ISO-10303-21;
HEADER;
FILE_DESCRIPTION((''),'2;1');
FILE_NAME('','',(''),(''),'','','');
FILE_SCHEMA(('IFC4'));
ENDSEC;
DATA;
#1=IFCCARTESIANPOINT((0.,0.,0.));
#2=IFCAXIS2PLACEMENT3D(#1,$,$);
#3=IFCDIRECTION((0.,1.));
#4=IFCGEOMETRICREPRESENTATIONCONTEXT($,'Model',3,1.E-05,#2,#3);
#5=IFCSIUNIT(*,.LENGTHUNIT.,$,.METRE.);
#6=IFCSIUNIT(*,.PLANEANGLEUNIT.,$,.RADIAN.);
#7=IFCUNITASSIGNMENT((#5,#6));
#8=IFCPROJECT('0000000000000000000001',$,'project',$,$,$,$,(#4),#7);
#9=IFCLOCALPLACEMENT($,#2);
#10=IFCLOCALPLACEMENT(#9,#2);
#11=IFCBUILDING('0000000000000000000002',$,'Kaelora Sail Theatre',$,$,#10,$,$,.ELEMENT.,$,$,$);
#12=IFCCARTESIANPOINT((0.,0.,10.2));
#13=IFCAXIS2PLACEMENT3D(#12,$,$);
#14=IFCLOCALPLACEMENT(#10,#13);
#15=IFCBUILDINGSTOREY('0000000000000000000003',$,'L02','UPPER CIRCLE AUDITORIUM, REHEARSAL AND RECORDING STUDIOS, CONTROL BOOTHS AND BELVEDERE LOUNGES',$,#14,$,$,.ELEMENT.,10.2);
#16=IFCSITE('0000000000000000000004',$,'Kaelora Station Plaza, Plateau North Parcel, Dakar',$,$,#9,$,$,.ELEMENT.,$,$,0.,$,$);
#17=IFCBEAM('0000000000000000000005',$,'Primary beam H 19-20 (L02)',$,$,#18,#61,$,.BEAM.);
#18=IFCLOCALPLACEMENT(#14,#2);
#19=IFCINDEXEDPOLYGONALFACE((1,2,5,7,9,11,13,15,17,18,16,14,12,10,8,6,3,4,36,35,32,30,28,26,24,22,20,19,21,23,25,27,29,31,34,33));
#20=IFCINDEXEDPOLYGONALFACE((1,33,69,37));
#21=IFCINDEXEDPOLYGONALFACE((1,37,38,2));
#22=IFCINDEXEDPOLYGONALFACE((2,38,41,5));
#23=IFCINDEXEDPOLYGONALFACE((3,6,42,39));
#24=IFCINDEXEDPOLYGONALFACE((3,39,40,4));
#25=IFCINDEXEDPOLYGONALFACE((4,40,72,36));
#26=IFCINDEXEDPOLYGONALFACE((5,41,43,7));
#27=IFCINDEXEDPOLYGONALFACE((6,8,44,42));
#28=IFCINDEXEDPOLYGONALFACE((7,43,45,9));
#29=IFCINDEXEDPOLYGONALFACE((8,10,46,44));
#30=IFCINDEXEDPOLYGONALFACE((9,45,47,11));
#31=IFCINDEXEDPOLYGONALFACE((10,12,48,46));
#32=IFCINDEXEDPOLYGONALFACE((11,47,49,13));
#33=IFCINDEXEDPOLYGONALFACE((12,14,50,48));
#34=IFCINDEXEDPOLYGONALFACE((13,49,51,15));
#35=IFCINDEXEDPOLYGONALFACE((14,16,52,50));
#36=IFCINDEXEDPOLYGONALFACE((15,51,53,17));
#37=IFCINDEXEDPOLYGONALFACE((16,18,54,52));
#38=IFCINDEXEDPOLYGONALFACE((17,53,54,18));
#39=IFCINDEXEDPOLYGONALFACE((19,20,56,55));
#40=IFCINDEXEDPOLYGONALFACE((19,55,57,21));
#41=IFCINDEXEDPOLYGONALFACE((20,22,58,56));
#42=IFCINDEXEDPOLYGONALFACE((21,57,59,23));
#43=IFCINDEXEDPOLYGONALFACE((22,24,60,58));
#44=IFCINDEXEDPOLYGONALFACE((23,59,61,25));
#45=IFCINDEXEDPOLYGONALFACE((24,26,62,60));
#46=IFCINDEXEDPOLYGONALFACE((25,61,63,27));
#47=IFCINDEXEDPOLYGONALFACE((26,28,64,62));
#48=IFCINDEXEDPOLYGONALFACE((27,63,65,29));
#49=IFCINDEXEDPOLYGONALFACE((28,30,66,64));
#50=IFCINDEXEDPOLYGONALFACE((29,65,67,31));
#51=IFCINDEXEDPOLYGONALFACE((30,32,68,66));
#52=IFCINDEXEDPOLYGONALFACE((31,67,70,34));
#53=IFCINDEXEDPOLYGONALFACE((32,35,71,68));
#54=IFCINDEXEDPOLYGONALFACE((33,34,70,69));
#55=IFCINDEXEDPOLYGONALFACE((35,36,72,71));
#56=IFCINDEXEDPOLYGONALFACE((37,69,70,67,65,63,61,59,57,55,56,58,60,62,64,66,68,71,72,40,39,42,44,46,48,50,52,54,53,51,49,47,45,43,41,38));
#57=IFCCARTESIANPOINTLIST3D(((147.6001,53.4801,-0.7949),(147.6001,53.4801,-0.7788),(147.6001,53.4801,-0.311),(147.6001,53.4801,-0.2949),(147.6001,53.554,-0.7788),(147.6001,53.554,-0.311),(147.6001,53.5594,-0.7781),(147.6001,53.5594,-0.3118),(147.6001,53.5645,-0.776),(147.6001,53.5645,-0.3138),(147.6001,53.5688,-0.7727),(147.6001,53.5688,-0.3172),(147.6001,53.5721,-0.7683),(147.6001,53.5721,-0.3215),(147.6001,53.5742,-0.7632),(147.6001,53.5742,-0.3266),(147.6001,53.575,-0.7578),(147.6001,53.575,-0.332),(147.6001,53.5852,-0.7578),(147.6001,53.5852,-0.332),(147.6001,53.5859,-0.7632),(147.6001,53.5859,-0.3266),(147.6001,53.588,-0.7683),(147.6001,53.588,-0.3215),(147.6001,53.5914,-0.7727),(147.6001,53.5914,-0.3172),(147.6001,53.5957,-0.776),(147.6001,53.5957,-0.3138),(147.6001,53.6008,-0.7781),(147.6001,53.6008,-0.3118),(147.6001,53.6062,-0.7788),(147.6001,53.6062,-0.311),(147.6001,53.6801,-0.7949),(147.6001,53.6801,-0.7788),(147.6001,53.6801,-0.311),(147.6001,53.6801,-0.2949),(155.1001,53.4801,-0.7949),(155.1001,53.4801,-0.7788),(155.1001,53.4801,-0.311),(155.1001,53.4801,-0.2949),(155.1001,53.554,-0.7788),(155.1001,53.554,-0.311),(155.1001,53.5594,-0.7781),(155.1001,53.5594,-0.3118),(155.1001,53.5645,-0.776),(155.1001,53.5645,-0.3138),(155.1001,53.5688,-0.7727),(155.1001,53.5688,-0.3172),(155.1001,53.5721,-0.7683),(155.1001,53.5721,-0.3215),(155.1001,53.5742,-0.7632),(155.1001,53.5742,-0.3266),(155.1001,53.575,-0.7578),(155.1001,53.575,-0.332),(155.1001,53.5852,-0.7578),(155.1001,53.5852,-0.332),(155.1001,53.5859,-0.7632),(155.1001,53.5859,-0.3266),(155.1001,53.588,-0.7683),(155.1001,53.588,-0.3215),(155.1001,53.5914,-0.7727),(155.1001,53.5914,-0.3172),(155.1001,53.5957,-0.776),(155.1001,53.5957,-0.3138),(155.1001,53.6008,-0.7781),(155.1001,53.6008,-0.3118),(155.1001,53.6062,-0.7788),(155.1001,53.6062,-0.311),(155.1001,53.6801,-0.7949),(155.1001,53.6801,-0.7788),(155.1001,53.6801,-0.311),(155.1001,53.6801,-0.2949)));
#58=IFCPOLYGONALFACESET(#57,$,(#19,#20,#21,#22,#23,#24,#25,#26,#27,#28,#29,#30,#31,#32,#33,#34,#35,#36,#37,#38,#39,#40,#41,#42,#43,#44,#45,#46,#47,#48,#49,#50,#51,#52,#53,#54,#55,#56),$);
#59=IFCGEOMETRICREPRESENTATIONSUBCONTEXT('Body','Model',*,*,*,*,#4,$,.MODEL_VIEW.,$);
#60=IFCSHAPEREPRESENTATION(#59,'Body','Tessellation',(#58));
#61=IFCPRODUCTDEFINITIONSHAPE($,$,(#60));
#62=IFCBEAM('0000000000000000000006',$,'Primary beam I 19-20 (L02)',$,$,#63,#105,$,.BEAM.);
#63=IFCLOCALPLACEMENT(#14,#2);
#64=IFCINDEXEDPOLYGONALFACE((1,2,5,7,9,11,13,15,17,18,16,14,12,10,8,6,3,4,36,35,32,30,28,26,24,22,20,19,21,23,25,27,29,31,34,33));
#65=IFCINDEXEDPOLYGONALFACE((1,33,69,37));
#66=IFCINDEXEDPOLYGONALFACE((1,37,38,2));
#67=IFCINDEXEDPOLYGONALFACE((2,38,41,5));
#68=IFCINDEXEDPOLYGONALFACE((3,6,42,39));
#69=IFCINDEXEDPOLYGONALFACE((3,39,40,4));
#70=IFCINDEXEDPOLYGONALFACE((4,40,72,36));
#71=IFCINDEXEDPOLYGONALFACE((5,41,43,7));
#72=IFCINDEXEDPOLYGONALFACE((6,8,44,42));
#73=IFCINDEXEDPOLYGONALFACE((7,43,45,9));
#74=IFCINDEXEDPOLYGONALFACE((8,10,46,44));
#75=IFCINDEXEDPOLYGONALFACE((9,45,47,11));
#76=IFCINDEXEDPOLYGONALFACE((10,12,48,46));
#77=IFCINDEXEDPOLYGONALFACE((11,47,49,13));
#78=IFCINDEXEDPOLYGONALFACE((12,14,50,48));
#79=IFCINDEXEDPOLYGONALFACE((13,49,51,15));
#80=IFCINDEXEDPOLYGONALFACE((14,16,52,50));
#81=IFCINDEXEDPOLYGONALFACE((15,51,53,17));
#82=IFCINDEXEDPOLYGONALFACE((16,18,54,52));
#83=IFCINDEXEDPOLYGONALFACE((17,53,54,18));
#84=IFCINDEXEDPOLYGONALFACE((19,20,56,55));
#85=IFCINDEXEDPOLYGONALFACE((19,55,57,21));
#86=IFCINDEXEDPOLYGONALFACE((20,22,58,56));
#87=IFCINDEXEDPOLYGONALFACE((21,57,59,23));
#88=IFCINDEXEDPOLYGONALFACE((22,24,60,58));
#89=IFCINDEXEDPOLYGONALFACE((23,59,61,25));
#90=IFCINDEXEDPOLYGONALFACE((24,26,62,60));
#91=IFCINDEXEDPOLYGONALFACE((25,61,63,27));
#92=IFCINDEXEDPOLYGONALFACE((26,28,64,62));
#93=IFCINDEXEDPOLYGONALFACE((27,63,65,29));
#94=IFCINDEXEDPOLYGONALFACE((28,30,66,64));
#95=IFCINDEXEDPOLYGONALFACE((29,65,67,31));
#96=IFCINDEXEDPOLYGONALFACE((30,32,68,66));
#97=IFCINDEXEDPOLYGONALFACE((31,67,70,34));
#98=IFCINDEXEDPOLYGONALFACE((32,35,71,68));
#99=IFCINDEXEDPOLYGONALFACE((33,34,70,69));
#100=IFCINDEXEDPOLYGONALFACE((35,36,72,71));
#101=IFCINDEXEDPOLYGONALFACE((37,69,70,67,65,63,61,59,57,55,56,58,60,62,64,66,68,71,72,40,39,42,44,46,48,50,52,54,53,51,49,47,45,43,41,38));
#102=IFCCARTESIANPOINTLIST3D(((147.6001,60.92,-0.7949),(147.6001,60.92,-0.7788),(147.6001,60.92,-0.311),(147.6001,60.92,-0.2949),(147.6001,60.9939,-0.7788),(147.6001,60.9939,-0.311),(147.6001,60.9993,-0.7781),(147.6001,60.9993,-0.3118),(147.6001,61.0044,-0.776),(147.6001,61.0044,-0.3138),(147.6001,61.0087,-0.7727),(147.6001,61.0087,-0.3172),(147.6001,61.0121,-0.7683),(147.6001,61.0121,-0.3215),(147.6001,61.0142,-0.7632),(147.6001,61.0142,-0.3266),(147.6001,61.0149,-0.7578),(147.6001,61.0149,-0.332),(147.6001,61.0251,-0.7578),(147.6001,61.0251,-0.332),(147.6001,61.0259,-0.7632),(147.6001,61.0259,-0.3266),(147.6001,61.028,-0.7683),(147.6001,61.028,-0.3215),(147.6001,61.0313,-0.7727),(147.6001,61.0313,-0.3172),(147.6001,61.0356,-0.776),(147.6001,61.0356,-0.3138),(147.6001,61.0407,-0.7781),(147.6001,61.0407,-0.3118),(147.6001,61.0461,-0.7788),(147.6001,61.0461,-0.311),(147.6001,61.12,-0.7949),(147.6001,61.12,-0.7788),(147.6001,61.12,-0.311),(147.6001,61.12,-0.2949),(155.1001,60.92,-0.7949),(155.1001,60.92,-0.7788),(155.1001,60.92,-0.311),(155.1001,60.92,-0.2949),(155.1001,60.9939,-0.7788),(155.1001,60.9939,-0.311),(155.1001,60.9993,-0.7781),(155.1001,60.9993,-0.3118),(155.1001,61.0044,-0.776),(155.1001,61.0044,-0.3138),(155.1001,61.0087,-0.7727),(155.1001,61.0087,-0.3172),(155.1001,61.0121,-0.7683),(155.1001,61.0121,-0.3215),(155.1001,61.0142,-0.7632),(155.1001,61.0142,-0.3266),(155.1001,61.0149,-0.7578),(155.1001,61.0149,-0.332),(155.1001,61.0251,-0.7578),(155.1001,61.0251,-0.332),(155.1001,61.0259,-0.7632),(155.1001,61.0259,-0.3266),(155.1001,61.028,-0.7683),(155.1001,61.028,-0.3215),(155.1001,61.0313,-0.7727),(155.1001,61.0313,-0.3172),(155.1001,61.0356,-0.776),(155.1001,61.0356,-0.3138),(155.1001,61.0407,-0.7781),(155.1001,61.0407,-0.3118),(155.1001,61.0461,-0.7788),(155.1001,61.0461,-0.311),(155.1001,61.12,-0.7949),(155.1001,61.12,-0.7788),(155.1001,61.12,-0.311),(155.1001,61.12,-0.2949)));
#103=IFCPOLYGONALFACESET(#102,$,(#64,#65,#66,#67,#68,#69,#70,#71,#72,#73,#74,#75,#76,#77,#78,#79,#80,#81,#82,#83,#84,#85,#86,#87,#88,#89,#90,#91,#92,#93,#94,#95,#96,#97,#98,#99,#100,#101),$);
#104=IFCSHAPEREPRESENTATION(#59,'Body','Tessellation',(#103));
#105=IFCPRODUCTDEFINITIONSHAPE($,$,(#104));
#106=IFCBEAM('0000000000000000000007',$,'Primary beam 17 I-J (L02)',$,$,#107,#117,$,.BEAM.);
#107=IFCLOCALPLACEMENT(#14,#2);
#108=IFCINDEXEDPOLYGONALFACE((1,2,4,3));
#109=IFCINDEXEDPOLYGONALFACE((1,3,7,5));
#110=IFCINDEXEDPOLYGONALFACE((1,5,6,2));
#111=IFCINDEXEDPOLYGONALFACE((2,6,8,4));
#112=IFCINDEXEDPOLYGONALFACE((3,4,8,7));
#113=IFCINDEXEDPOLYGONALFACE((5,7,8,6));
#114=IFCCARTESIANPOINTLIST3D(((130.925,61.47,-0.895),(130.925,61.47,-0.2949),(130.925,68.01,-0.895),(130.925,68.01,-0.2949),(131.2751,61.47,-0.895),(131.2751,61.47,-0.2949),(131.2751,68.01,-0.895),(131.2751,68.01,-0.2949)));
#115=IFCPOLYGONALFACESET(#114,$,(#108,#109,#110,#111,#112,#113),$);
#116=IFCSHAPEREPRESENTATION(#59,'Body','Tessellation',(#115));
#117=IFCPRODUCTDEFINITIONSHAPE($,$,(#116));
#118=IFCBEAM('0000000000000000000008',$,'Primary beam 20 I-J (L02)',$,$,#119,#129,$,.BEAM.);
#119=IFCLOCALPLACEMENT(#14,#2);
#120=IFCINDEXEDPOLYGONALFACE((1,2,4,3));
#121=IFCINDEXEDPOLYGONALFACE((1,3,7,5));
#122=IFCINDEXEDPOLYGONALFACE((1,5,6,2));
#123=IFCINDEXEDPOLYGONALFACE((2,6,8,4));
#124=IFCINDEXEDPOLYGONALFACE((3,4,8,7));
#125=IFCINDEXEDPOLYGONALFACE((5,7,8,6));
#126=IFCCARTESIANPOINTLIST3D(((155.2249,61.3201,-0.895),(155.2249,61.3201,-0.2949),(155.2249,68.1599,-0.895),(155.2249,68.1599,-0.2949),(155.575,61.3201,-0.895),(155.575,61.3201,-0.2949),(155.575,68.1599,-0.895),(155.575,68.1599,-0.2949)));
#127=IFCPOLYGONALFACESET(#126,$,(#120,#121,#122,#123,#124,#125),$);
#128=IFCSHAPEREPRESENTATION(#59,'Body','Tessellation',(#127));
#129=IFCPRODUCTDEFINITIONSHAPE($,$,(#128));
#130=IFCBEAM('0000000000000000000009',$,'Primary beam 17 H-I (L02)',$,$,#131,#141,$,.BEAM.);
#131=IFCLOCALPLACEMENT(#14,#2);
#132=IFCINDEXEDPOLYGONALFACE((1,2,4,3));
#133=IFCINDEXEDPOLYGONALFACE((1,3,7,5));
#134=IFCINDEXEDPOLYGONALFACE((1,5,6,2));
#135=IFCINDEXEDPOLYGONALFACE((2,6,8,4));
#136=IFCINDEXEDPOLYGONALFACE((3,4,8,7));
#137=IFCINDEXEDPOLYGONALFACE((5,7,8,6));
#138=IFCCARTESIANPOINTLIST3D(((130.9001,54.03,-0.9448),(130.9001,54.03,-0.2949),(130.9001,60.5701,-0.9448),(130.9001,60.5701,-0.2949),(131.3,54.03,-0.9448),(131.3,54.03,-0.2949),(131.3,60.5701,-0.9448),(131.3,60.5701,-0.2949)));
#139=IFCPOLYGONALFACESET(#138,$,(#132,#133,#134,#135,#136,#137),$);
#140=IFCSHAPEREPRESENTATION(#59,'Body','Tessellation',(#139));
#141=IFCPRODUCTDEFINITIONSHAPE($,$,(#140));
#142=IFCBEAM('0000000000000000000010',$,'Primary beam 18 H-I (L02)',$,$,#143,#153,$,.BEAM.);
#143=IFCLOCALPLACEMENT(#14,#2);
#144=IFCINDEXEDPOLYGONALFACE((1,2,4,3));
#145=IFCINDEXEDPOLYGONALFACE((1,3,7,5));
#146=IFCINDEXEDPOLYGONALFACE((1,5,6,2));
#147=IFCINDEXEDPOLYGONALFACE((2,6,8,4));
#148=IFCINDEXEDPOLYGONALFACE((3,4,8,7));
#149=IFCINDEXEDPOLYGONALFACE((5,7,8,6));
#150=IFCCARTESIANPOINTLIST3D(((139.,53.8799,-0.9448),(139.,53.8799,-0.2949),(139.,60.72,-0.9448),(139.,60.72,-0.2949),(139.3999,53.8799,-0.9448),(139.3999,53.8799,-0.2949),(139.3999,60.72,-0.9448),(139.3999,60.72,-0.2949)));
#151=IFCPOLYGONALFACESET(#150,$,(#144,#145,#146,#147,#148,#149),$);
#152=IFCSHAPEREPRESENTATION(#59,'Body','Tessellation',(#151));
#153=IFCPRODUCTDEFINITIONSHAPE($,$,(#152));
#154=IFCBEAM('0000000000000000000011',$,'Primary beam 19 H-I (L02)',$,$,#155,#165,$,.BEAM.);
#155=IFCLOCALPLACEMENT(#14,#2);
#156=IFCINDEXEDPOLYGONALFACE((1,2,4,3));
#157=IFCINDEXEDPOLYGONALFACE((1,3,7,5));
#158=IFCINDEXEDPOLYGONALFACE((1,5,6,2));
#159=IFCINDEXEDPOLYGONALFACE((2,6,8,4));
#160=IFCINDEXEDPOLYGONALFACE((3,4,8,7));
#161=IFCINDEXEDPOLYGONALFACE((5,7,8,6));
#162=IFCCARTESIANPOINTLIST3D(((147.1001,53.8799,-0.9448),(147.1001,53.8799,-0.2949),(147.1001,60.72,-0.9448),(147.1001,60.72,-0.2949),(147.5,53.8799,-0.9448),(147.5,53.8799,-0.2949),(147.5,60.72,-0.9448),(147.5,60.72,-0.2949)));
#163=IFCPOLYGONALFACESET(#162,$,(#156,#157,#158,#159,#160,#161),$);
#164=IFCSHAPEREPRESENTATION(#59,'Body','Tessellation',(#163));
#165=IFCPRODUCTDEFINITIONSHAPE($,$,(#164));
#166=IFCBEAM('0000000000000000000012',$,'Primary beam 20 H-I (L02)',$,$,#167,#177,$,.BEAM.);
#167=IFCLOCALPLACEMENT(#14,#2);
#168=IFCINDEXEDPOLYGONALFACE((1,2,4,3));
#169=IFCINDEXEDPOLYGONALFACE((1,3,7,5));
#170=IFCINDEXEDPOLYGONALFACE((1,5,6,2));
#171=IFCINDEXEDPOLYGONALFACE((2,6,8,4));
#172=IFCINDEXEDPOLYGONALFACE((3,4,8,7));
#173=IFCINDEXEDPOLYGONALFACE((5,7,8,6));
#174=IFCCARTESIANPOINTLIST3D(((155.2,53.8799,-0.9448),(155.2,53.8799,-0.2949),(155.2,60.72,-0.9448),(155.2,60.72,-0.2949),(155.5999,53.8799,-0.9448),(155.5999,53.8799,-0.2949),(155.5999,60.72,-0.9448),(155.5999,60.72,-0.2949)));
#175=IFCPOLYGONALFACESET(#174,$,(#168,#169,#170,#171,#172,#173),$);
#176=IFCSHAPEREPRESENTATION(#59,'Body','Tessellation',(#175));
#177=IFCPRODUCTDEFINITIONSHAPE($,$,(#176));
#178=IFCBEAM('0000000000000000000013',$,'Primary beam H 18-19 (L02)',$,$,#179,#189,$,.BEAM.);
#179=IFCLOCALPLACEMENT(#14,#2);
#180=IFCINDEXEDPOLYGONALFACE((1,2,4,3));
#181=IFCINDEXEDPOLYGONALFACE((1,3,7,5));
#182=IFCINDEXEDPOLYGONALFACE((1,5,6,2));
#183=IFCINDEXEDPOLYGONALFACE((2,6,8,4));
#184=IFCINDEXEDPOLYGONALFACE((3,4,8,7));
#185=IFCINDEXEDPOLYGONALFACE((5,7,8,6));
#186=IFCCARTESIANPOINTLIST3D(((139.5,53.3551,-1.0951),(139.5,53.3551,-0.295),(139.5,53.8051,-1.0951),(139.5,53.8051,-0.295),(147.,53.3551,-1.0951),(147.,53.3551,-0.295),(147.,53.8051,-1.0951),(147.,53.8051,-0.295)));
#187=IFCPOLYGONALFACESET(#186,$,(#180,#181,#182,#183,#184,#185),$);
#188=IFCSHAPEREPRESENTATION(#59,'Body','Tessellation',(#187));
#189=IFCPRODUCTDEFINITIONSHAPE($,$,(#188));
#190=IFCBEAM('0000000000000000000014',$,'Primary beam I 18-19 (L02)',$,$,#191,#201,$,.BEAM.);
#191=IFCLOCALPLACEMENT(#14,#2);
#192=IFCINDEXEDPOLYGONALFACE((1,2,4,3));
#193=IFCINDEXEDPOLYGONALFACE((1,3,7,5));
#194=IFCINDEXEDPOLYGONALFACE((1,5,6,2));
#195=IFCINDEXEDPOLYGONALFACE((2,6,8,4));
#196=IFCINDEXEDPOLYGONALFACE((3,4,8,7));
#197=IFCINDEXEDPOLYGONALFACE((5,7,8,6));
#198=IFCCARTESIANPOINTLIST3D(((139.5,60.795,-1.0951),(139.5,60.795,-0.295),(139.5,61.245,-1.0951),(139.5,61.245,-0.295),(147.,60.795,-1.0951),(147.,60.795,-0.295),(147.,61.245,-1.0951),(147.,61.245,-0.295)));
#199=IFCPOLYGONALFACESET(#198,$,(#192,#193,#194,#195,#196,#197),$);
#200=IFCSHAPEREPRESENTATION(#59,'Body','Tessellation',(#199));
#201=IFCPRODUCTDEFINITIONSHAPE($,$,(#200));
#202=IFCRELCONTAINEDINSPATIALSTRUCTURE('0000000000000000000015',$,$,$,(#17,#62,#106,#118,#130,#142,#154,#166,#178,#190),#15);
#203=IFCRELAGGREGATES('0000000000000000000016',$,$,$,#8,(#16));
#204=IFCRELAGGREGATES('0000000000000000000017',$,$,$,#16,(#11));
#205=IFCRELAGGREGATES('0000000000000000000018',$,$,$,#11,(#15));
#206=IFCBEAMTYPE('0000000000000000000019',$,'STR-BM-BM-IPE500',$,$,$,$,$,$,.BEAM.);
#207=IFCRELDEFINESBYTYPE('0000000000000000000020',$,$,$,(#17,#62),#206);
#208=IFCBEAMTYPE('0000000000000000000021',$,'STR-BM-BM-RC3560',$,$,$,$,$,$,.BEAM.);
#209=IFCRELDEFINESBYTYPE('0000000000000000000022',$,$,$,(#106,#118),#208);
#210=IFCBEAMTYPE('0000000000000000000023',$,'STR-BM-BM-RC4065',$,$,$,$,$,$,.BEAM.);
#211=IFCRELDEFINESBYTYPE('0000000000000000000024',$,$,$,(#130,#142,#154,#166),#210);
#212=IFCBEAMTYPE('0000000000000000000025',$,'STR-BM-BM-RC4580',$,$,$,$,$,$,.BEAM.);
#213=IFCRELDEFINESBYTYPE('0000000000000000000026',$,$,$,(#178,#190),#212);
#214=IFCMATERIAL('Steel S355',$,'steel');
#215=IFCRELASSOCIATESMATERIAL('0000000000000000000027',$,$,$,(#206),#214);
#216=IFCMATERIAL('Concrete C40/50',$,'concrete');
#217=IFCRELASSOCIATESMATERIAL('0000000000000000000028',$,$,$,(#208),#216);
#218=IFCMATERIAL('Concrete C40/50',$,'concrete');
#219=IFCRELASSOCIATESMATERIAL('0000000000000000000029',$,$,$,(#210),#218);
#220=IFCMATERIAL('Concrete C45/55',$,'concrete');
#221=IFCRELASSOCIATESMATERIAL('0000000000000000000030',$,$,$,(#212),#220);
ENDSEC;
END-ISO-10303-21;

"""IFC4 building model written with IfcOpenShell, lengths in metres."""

from ifc_helpers import new_model, si_unit, direction, frame, origin, origin_2d, place, context, subcontext, project, spatial, rectangle, i_section, extrude, material, material_profile, profile_set, type_object, element, save


model = new_model("IFC4")

# Units and contexts
model_context = context("Model", 3, precision=1e-05, world=origin(), true_north=direction((0.0, 1.0)))
body_context = subcontext(model_context, "Body", "Model", "MODEL_VIEW")
ifc_project = project(units=[si_unit("LENGTHUNIT", "METRE"), si_unit("PLANEANGLEUNIT", "RADIAN")], contexts=[model_context])

# Site, building, storey
site_placement = place(None, origin())
site = spatial("IfcSite", under=ifc_project, at=site_placement, Name="Kaelora Station Plaza, Plateau North Parcel, Dakar", CompositionType="ELEMENT", RefElevation=0.0)
building_placement = place(site_placement, origin())
building = spatial("IfcBuilding", under=site, at=building_placement, Name="Kaelora Sail Theatre", CompositionType="ELEMENT")
storey_placement = place(building_placement, frame((0.0, 0.0, 10.2)))
storey = spatial("IfcBuildingStorey", under=building, at=storey_placement, Name="L02", Description="UPPER CIRCLE AUDITORIUM, REHEARSAL AND RECORDING STUDIOS, CONTROL BOOTHS AND BELVEDERE LOUNGES", CompositionType="ELEMENT", Elevation=10.2)

# Beams
ifc_material_1 = material(Name="Steel S355", Category="steel")
ifc_material_profile_1 = material_profile(ifc_material_1, i_section(OverallWidth=0.2, OverallDepth=0.5, WebThickness=0.0103, FlangeThickness=0.0161, FilletRadius=0.021, at=origin_2d()), Name="IPE 500")
ifc_profile_set_1 = profile_set([ifc_material_profile_1], Name="Steel S355")
beam_type_1 = type_object("IfcBeamType", Name="STR-BM-BM-IPE500", PredefinedType="BEAM", material=ifc_profile_set_1)
for number, where, z_axis, x_axis, name in (
    (1, (147.6001, 53.5801, -0.5449), (1.0, 0.0, 0.0), (0.0, 1.0, 0.0), "Primary beam H 19-20 (L02)"),
    (2, (147.6001, 61.02, -0.5449), (1.0, 0.0, 0.0), (0.0, 1.0, 0.0), "Primary beam I 19-20 (L02)"),
):
    element("IfcBeam", number, at=place(storey_placement, frame(where, z_axis=z_axis, x_axis=x_axis)), inside=storey, type_object=beam_type_1, Name=name, PredefinedType="BEAM", context=body_context, shape_type="SweptSolid", body=[
        extrude(i_section(OverallWidth=0.2, OverallDepth=0.5, WebThickness=0.0103, FlangeThickness=0.0161, FilletRadius=0.021, at=origin_2d()), origin(), (0.0, 0.0, 1.0), 7.5),
    ])
ifc_material_2 = material(Name="Concrete C40/50", Category="concrete")
ifc_material_profile_2 = material_profile(ifc_material_2, rectangle(XDim=0.3501, YDim=0.6001, at=origin_2d()), Name="RC-BM 350x600")
ifc_profile_set_2 = profile_set([ifc_material_profile_2], Name="Concrete C40/50")
beam_type_2 = type_object("IfcBeamType", Name="STR-BM-BM-RC3560", PredefinedType="BEAM", material=ifc_profile_set_2)
beam_1_placement = place(storey_placement, frame((131.1001, 61.47, -0.595), z_axis=(0.0, 1.0, 0.0), x_axis=(-1.0, 0.0, 0.0)))
element("IfcBeam", 3, at=beam_1_placement, inside=storey, type_object=beam_type_2, Name="Primary beam 17 I-J (L02)", PredefinedType="BEAM", context=body_context, shape_type="SweptSolid", body=[
    extrude(rectangle(XDim=0.3501, YDim=0.6001, at=origin_2d()), origin(), (0.0, 0.0, 1.0), 6.54),
])
beam_2_placement = place(storey_placement, frame((155.3999, 61.3201, -0.595), z_axis=(0.0, 1.0, 0.0), x_axis=(-1.0, 0.0, 0.0)))
element("IfcBeam", 4, at=beam_2_placement, inside=storey, type_object=beam_type_2, Name="Primary beam 20 I-J (L02)", PredefinedType="BEAM", context=body_context, shape_type="SweptSolid", body=[
    extrude(rectangle(XDim=0.3501, YDim=0.6001, at=origin_2d()), origin(), (0.0, 0.0, 1.0), 6.8398),
])
ifc_material_3 = material(Name="Concrete C40/50", Category="concrete")
ifc_material_profile_3 = material_profile(ifc_material_3, rectangle(XDim=0.3999, YDim=0.6499, at=origin_2d()), Name="RC-BM 400x650")
ifc_profile_set_3 = profile_set([ifc_material_profile_3], Name="Concrete C40/50")
beam_type_3 = type_object("IfcBeamType", Name="STR-BM-BM-RC4065", PredefinedType="BEAM", material=ifc_profile_set_3)
beam_3_placement = place(storey_placement, frame((131.1001, 54.03, -0.6199), z_axis=(0.0, 1.0, 0.0), x_axis=(-1.0, 0.0, 0.0)))
element("IfcBeam", 5, at=beam_3_placement, inside=storey, type_object=beam_type_3, Name="Primary beam 17 H-I (L02)", PredefinedType="BEAM", context=body_context, shape_type="SweptSolid", body=[
    extrude(rectangle(XDim=0.3999, YDim=0.6499, at=origin_2d()), origin(), (0.0, 0.0, 1.0), 6.54),
])
for number, where, z_axis, x_axis, name in (
    (6, (139.2, 53.8799, -0.6199), (0.0, 1.0, 0.0), (-1.0, 0.0, 0.0), "Primary beam 18 H-I (L02)"),
    (7, (147.3, 53.8799, -0.6199), (0.0, 1.0, 0.0), (-1.0, 0.0, 0.0), "Primary beam 19 H-I (L02)"),
    (8, (155.3999, 53.8799, -0.6199), (0.0, 1.0, 0.0), (-1.0, 0.0, 0.0), "Primary beam 20 H-I (L02)"),
):
    element("IfcBeam", number, at=place(storey_placement, frame(where, z_axis=z_axis, x_axis=x_axis)), inside=storey, type_object=beam_type_3, Name=name, PredefinedType="BEAM", context=body_context, shape_type="SweptSolid", body=[
        extrude(rectangle(XDim=0.3999, YDim=0.6499, at=origin_2d()), origin(), (0.0, 0.0, 1.0), 6.8401),
    ])
ifc_material_4 = material(Name="Concrete C45/55", Category="concrete")
ifc_material_profile_4 = material_profile(ifc_material_4, rectangle(XDim=0.45, YDim=0.8, at=origin_2d()), Name="RC-BM 450x800")
ifc_profile_set_4 = profile_set([ifc_material_profile_4], Name="Concrete C45/55")
beam_type_4 = type_object("IfcBeamType", Name="STR-BM-BM-RC4580", PredefinedType="BEAM", material=ifc_profile_set_4)
for number, where, z_axis, x_axis, name in (
    (9, (139.5, 53.5801, -0.6951), (1.0, 0.0, 0.0), (0.0, 1.0, 0.0), "Primary beam H 18-19 (L02)"),
    (10, (139.5, 61.02, -0.6951), (1.0, 0.0, 0.0), (0.0, 1.0, 0.0), "Primary beam I 18-19 (L02)"),
):
    element("IfcBeam", number, at=place(storey_placement, frame(where, z_axis=z_axis, x_axis=x_axis)), inside=storey, type_object=beam_type_4, Name=name, PredefinedType="BEAM", context=body_context, shape_type="SweptSolid", body=[
        extrude(rectangle(XDim=0.45, YDim=0.8, at=origin_2d()), origin(), (0.0, 0.0, 1.0), 7.5),
    ])

save(model, "model.ifc")
